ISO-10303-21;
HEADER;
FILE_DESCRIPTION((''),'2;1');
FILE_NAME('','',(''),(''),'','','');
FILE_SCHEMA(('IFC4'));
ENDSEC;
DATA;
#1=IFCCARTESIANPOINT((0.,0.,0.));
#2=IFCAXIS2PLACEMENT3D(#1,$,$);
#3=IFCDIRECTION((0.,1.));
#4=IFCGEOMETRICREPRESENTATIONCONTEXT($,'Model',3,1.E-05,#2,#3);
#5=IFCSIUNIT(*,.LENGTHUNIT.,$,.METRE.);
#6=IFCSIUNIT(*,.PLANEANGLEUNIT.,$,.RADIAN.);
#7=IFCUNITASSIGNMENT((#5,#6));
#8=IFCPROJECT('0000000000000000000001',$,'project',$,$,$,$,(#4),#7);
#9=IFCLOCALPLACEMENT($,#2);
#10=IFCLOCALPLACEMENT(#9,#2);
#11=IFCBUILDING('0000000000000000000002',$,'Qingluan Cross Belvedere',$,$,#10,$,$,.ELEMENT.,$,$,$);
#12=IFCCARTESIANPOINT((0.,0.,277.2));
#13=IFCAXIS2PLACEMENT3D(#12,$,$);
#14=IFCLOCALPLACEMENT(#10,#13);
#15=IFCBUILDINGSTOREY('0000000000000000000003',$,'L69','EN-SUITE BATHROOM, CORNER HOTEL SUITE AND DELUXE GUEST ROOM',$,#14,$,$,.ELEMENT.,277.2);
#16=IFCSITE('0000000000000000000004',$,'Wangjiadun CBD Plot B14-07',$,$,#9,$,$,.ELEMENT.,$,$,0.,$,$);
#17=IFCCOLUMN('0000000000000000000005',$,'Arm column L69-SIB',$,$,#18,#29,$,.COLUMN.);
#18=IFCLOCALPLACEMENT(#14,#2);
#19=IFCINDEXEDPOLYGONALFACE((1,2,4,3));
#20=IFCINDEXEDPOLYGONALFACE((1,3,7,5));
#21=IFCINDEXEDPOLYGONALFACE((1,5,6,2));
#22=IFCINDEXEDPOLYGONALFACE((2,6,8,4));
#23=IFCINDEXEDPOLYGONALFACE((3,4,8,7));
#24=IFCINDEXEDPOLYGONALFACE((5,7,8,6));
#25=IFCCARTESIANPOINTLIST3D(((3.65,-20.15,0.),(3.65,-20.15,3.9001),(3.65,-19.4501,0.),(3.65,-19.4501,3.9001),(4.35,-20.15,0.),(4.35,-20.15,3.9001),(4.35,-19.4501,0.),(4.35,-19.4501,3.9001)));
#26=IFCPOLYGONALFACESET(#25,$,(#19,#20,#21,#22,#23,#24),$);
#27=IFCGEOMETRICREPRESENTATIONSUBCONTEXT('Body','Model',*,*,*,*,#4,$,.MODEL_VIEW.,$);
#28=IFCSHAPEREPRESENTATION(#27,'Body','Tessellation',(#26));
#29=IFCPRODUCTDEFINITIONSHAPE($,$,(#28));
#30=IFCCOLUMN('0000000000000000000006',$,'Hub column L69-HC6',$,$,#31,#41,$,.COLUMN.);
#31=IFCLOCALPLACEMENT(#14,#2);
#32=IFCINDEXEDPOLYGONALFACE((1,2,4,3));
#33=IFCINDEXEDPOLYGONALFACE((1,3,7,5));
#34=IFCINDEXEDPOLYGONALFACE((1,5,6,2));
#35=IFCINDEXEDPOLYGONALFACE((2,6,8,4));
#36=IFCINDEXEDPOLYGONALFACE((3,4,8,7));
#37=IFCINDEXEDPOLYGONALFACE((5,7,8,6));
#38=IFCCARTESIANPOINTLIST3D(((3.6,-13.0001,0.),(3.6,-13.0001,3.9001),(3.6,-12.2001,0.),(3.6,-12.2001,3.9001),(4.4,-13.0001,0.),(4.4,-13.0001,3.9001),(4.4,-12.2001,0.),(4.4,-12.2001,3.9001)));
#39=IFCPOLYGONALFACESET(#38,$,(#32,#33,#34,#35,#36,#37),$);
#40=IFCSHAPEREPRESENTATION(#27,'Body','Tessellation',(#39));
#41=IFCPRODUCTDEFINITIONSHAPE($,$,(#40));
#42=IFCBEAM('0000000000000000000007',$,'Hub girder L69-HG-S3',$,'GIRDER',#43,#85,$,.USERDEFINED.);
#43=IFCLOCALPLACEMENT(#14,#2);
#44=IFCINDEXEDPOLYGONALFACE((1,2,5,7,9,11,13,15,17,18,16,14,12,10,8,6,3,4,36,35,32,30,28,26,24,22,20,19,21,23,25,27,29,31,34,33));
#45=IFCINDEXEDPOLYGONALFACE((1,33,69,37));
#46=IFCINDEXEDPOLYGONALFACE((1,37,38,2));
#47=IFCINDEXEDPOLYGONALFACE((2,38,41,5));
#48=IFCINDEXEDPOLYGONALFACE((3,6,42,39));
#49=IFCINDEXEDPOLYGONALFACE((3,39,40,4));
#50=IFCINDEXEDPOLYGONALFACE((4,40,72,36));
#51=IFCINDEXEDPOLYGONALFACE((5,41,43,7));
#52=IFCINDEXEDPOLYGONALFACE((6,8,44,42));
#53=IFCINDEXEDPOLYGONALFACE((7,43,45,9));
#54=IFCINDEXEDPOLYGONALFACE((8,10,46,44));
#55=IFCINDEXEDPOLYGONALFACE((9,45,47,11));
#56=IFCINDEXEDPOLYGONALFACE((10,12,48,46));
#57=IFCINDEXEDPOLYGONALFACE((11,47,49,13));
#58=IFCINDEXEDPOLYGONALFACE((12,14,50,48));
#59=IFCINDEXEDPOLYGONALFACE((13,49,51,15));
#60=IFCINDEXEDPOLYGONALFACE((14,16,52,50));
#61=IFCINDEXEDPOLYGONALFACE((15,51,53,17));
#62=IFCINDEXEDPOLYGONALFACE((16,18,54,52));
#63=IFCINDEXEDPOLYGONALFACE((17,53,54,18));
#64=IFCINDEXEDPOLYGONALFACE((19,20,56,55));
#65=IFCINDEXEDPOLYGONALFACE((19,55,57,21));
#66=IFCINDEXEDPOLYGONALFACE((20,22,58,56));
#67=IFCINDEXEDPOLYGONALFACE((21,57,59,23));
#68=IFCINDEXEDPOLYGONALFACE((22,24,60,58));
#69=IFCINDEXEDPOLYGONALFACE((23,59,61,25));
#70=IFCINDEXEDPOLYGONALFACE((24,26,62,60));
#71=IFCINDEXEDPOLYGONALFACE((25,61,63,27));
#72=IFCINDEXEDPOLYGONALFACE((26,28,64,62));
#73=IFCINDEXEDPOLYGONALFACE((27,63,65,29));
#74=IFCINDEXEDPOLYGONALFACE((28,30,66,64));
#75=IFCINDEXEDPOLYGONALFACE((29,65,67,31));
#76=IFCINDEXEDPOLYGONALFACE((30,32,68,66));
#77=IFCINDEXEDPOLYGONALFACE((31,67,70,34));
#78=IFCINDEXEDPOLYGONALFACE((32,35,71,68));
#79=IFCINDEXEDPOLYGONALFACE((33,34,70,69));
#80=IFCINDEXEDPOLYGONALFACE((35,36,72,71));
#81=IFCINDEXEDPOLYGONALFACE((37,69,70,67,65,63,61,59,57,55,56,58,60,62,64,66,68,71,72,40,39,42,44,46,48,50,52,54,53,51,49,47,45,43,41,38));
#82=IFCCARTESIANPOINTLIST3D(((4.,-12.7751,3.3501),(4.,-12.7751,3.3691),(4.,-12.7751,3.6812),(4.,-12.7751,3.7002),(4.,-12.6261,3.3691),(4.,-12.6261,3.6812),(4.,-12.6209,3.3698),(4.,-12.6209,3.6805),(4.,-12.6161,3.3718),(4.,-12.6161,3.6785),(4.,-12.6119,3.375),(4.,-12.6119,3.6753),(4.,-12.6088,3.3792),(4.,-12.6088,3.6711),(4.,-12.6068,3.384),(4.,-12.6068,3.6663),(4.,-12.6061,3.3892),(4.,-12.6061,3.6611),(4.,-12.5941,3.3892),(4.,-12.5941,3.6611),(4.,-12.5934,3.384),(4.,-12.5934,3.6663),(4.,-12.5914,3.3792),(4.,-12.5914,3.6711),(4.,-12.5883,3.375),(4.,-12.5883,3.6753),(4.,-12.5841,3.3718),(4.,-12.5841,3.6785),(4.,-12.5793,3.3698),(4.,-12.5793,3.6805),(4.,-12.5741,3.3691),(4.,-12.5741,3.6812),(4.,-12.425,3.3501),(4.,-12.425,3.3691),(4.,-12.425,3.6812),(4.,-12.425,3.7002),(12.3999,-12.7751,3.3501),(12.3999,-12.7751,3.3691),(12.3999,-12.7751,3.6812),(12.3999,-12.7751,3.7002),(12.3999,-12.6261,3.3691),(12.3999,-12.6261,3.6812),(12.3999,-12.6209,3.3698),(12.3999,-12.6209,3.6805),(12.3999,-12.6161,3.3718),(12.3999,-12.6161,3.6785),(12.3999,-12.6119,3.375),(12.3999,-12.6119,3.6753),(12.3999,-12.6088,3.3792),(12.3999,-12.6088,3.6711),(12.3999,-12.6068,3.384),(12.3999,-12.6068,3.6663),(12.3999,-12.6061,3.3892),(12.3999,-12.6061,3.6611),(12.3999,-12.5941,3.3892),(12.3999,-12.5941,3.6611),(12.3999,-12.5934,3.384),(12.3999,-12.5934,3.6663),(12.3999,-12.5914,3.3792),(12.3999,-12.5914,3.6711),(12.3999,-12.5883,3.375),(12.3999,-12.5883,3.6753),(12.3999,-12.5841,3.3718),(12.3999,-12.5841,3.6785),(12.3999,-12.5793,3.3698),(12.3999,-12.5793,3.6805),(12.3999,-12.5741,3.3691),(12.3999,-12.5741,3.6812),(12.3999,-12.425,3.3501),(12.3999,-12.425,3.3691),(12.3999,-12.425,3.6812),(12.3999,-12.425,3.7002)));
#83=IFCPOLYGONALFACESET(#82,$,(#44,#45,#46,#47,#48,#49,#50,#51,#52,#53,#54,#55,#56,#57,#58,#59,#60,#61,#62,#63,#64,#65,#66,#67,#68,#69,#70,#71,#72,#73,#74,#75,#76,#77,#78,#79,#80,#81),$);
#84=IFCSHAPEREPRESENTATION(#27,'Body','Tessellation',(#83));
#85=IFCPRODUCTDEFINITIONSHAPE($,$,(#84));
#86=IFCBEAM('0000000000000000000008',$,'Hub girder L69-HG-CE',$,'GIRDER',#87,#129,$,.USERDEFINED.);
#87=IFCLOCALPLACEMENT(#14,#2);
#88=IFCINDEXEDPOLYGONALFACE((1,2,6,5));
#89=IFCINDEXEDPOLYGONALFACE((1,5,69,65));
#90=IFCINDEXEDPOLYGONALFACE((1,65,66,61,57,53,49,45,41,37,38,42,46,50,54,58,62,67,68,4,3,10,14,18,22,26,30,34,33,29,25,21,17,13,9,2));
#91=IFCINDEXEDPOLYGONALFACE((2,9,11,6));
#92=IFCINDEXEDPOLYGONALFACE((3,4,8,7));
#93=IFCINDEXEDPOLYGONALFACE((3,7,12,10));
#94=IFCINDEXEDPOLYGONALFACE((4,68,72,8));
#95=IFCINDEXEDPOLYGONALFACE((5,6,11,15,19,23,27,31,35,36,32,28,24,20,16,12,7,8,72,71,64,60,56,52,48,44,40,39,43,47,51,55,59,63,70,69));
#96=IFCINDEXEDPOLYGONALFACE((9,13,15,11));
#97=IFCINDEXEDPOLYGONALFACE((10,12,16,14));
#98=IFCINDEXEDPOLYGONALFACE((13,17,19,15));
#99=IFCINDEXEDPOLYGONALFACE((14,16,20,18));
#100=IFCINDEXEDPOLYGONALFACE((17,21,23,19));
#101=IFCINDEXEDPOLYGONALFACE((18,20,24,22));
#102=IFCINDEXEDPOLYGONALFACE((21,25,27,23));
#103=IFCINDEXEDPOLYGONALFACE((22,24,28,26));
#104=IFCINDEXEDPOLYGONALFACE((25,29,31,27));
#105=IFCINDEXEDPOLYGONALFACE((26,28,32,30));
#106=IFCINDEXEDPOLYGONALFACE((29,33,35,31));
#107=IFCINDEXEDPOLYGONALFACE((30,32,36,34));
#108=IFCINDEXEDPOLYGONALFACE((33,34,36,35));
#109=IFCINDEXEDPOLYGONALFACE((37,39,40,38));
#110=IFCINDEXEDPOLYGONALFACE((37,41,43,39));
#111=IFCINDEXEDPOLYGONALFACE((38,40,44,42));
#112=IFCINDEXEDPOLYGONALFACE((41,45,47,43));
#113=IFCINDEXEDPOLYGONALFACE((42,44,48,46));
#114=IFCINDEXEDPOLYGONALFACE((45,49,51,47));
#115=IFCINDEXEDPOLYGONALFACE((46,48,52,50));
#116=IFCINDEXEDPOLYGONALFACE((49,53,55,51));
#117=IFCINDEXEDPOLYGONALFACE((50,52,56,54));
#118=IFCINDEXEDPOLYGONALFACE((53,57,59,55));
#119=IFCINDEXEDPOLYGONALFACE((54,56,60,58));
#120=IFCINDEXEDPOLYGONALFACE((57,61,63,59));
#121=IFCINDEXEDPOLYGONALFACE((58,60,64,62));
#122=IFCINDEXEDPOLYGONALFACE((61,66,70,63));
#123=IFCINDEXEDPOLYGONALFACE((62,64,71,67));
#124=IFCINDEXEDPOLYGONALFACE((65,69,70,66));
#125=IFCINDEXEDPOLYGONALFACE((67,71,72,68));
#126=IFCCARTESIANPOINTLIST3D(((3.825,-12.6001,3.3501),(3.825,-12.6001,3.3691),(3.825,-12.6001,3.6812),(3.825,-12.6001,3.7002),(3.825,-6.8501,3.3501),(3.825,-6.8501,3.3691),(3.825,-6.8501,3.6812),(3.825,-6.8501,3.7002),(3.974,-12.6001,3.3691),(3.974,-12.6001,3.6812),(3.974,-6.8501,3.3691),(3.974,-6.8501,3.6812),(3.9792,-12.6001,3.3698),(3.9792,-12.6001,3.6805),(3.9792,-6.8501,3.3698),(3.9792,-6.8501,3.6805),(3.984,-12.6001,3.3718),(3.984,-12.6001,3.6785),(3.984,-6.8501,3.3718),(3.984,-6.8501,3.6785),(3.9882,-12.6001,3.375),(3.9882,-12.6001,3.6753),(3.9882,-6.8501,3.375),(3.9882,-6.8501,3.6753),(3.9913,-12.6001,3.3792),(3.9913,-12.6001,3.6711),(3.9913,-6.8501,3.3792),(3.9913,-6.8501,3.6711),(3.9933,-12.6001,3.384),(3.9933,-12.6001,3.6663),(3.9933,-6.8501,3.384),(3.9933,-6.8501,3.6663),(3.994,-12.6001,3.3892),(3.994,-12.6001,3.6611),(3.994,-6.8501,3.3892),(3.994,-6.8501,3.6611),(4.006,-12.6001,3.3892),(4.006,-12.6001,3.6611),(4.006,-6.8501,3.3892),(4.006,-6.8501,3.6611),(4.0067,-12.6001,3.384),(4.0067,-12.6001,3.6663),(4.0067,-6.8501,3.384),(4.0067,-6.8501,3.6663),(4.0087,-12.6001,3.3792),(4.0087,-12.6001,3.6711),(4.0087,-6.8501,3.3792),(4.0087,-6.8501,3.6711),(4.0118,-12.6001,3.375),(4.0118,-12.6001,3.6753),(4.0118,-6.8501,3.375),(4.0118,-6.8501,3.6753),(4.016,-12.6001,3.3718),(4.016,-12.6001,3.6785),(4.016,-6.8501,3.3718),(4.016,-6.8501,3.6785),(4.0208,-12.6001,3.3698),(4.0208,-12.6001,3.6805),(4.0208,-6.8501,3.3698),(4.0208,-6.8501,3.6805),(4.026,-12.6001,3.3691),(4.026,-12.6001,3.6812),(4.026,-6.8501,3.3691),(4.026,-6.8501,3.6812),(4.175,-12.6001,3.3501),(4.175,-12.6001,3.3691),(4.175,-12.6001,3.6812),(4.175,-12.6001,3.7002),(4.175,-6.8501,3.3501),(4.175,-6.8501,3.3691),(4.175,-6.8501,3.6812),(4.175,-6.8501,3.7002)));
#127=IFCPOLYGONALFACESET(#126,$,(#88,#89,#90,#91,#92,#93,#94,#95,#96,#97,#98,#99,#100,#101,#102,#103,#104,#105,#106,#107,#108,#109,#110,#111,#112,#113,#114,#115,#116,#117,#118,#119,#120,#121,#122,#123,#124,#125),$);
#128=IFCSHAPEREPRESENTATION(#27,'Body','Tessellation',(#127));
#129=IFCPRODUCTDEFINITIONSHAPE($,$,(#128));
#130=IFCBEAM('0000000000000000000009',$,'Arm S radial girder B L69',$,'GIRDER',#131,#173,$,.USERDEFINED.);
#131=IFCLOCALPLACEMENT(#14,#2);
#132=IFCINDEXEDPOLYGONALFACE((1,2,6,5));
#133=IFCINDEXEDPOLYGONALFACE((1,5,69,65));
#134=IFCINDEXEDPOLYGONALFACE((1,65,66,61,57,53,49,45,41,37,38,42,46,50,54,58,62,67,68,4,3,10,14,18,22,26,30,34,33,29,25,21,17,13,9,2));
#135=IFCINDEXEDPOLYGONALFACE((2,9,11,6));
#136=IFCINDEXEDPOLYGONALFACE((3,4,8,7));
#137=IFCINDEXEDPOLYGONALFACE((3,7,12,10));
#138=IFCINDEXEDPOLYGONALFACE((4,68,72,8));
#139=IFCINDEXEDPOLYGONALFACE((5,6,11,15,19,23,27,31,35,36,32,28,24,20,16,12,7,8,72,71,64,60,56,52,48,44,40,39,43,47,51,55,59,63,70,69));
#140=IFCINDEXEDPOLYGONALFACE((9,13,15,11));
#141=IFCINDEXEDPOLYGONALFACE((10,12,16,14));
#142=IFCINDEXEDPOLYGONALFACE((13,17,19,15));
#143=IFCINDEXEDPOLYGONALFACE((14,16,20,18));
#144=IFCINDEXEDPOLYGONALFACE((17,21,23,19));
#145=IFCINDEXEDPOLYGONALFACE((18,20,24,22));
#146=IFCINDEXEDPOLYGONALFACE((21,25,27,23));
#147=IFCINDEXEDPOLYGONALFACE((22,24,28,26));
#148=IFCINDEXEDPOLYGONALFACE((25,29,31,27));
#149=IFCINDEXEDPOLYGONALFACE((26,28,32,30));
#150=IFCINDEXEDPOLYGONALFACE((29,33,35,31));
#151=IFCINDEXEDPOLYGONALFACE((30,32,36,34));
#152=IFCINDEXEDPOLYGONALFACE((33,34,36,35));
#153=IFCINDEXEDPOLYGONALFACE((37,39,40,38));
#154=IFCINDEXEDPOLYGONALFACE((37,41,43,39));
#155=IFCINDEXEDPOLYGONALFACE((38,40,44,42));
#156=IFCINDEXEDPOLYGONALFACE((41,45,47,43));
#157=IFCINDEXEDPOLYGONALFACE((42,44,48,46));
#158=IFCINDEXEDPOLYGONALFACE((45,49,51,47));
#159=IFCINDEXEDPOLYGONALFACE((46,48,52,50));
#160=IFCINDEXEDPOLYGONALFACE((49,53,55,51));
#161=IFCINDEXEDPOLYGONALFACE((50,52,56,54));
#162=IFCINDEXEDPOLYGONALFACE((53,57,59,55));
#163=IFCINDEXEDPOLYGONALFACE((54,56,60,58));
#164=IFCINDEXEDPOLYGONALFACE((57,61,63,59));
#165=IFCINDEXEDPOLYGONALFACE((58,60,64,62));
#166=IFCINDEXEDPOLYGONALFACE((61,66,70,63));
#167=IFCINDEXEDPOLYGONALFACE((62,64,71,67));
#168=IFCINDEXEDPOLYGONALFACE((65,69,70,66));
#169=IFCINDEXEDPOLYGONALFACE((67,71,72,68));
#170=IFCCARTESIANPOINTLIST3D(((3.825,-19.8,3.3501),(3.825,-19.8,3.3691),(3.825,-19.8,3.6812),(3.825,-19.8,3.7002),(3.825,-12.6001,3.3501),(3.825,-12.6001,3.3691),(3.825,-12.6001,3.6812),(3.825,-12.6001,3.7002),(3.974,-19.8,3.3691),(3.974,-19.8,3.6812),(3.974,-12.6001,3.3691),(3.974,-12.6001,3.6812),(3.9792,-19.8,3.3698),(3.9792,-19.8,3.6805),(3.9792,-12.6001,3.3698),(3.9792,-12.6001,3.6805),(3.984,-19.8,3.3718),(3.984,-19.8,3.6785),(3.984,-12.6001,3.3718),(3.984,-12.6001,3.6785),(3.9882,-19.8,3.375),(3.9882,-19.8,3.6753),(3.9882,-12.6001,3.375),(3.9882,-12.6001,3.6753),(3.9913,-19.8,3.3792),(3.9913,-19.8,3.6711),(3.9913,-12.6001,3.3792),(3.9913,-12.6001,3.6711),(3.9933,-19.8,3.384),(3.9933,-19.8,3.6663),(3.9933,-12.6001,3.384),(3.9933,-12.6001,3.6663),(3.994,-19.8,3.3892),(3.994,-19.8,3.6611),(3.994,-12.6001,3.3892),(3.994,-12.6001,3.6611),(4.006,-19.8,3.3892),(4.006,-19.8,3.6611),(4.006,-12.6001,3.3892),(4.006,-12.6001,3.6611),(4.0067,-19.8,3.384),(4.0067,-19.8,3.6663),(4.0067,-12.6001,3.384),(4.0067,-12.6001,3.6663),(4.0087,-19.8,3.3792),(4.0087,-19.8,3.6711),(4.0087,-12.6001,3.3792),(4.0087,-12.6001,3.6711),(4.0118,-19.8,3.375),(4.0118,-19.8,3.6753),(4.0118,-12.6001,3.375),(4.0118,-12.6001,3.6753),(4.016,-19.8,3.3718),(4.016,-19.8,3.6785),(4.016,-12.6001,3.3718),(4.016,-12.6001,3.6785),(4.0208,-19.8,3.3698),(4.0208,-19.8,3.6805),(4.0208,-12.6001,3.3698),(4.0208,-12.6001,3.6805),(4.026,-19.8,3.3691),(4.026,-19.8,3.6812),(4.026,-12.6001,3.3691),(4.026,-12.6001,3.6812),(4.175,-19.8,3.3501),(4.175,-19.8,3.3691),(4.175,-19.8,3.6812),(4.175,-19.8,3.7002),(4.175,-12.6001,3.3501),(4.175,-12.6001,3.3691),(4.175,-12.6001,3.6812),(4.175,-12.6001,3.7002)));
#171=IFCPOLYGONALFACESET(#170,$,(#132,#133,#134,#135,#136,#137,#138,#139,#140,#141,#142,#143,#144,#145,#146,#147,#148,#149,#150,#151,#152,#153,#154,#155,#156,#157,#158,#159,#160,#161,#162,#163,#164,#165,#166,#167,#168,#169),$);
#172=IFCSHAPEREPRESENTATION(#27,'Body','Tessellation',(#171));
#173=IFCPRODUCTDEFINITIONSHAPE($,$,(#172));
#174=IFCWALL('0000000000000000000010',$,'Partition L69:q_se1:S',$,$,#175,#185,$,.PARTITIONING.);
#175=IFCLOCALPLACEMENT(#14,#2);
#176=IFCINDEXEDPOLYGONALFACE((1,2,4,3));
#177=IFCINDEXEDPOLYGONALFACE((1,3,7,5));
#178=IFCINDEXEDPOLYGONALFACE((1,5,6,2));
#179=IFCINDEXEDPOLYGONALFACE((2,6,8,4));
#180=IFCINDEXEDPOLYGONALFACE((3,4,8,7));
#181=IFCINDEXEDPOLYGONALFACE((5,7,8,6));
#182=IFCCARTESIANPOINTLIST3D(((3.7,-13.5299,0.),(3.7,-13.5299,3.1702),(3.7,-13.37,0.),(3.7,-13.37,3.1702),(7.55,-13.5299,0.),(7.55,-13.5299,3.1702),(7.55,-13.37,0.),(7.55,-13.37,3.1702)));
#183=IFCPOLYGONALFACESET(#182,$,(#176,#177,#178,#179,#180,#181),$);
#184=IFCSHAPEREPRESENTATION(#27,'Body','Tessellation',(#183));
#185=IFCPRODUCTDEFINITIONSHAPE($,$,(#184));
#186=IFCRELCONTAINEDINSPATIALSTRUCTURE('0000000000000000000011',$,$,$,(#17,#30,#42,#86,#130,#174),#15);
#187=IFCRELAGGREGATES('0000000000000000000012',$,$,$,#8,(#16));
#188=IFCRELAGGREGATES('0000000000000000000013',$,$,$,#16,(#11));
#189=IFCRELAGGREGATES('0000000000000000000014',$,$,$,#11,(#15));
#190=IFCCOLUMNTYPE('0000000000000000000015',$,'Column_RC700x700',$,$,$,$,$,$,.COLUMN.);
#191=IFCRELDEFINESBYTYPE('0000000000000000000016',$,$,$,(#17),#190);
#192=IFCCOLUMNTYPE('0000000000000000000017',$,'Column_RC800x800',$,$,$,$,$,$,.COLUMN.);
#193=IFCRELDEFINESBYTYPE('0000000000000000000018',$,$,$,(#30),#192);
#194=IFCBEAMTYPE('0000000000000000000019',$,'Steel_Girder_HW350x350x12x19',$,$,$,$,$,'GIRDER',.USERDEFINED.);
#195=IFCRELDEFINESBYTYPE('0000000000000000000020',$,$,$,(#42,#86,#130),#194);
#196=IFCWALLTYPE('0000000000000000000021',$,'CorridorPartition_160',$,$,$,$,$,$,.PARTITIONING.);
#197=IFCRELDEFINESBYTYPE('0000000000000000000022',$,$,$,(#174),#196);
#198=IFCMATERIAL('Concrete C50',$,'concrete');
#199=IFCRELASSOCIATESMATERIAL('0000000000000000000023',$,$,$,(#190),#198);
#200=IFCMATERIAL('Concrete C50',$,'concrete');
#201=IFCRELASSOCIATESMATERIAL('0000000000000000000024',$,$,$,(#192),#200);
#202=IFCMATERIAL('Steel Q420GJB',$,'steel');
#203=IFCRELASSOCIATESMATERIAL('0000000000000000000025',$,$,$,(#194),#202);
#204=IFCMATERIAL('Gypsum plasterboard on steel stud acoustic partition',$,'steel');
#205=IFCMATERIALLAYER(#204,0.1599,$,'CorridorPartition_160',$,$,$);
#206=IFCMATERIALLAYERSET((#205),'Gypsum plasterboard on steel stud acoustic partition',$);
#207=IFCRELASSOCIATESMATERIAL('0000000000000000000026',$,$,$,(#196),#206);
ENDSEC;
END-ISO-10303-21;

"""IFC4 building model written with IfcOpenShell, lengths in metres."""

from ifc_helpers import new_model, si_unit, direction, frame, frame_2d, origin, origin_2d, place, context, subcontext, project, spatial, rectangle, i_section, extrude, material, layer, layer_set, material_profile, profile_set, type_object, element, save


model = new_model("IFC4")

# Units and contexts
model_context = context("Model", 3, precision=1e-05, world=origin(), true_north=direction((0.0, 1.0)))
body_context = subcontext(model_context, "Body", "Model", "MODEL_VIEW")
ifc_project = project(units=[si_unit("LENGTHUNIT", "METRE"), si_unit("PLANEANGLEUNIT", "RADIAN")], contexts=[model_context])

# Site, building, storey
site_placement = place(None, origin())
site = spatial("IfcSite", under=ifc_project, at=site_placement, Name="Wangjiadun CBD Plot B14-07", CompositionType="ELEMENT", RefElevation=0.0)
building_placement = place(site_placement, origin())
building = spatial("IfcBuilding", under=site, at=building_placement, Name="Qingluan Cross Belvedere", CompositionType="ELEMENT")
storey_placement = place(building_placement, frame((0.0, 0.0, 277.2)))
storey = spatial("IfcBuildingStorey", under=building, at=storey_placement, Name="L69", Description="EN-SUITE BATHROOM, CORNER HOTEL SUITE AND DELUXE GUEST ROOM", CompositionType="ELEMENT", Elevation=277.2)

# Columns
ifc_material_1 = material(Name="Concrete C50", Category="concrete")
ifc_material_profile_1 = material_profile(ifc_material_1, rectangle(XDim=0.7, YDim=0.7, at=origin_2d()), Name="RC700x700")
ifc_profile_set_1 = profile_set([ifc_material_profile_1], Name="Concrete C50")
column_type_1 = type_object("IfcColumnType", Name="Column_RC700x700", PredefinedType="COLUMN", material=ifc_profile_set_1)
column_1_placement = place(storey_placement, frame((4.0, -19.8, 0.0), z_axis=(0.0, 0.0, 1.0), x_axis=(1.0, 0.0, 0.0)))
element("IfcColumn", 1, at=column_1_placement, inside=storey, type_object=column_type_1, Name="Arm column L69-SIB", PredefinedType="COLUMN", context=body_context, shape_type="SweptSolid", body=[
    extrude(rectangle(XDim=0.7, YDim=0.7, at=origin_2d()), origin(), (0.0, 0.0, 1.0), 3.9001),
])
ifc_material_2 = material(Name="Concrete C50", Category="concrete")
ifc_material_profile_2 = material_profile(ifc_material_2, rectangle(XDim=0.8, YDim=0.8, at=origin_2d()), Name="RC800x800")
ifc_profile_set_2 = profile_set([ifc_material_profile_2], Name="Concrete C50")
column_type_2 = type_object("IfcColumnType", Name="Column_RC800x800", PredefinedType="COLUMN", material=ifc_profile_set_2)
column_2_placement = place(storey_placement, frame((4.0, -12.6001, 0.0), z_axis=(0.0, 0.0, 1.0), x_axis=(1.0, 0.0, 0.0)))
element("IfcColumn", 2, at=column_2_placement, inside=storey, type_object=column_type_2, Name="Hub column L69-HC6", PredefinedType="COLUMN", context=body_context, shape_type="SweptSolid", body=[
    extrude(rectangle(XDim=0.8, YDim=0.8, at=origin_2d()), origin(), (0.0, 0.0, 1.0), 3.9001),
])

# Beams
ifc_material_3 = material(Name="Steel Q420GJB", Category="steel")
ifc_material_profile_3 = material_profile(ifc_material_3, i_section(OverallWidth=0.3501, OverallDepth=0.3501, WebThickness=0.012, FlangeThickness=0.019, FilletRadius=0.02, at=origin_2d()), Name="HW350x350x12x19")
ifc_profile_set_3 = profile_set([ifc_material_profile_3], Name="Steel Q420GJB")
beam_type = type_object("IfcBeamType", Name="Steel_Girder_HW350x350x12x19", ElementType="GIRDER", PredefinedType="USERDEFINED", material=ifc_profile_set_3)
beam_1_placement = place(storey_placement, frame((4.0, -12.6001, 3.5251), z_axis=(1.0, 0.0, 0.0), x_axis=(0.0, 1.0, 0.0)))
element("IfcBeam", 3, at=beam_1_placement, inside=storey, type_object=beam_type, Name="Hub girder L69-HG-S3", ObjectType="GIRDER", PredefinedType="USERDEFINED", context=body_context, shape_type="SweptSolid", body=[
    extrude(i_section(OverallWidth=0.3501, OverallDepth=0.3501, WebThickness=0.012, FlangeThickness=0.019, FilletRadius=0.02, at=origin_2d()), origin(), (0.0, 0.0, 1.0), 8.3999),
])
beam_2_placement = place(storey_placement, frame((4.0, -12.6001, 3.5251), z_axis=(0.0, 1.0, 0.0), x_axis=(-1.0, 0.0, 0.0)))
element("IfcBeam", 4, at=beam_2_placement, inside=storey, type_object=beam_type, Name="Hub girder L69-HG-CE", ObjectType="GIRDER", PredefinedType="USERDEFINED", context=body_context, shape_type="SweptSolid", body=[
    extrude(i_section(OverallWidth=0.3501, OverallDepth=0.3501, WebThickness=0.012, FlangeThickness=0.019, FilletRadius=0.02, at=origin_2d()), origin(), (0.0, 0.0, 1.0), 5.75),
])
beam_3_placement = place(storey_placement, frame((4.0, -12.6001, 3.5251), z_axis=(0.0, -1.0, 0.0), x_axis=(1.0, 0.0, 0.0)))
element("IfcBeam", 5, at=beam_3_placement, inside=storey, type_object=beam_type, Name="Arm S radial girder B L69", ObjectType="GIRDER", PredefinedType="USERDEFINED", context=body_context, shape_type="SweptSolid", body=[
    extrude(i_section(OverallWidth=0.3501, OverallDepth=0.3501, WebThickness=0.012, FlangeThickness=0.019, FilletRadius=0.02, at=origin_2d()), origin(), (0.0, 0.0, 1.0), 7.2),
])

# Wall
ifc_material_4 = material(Name="Gypsum plasterboard on steel stud acoustic partition", Category="steel")
ifc_layer_1 = layer(ifc_material_4, 0.1599, Name="CorridorPartition_160")
ifc_layer_set_1 = layer_set([ifc_layer_1], Name="Gypsum plasterboard on steel stud acoustic partition")
wall_type_1 = type_object("IfcWallType", Name="CorridorPartition_160", PredefinedType="PARTITIONING", material=ifc_layer_set_1)
wall_1_placement = place(storey_placement, frame((3.7, -13.45, 0.0), z_axis=(0.0, 0.0, 1.0), x_axis=(1.0, 0.0, 0.0)))
element("IfcWall", 6, at=wall_1_placement, inside=storey, type_object=wall_type_1, Name="Partition L69:q_se1:S", PredefinedType="PARTITIONING", context=body_context, shape_type="SweptSolid", body=[
    extrude(rectangle(XDim=3.8501, YDim=0.1599, at=frame_2d((1.925, 0.0))), origin(), (0.0, 0.0, 1.0), 3.1702),
])

save(model, "model.ifc")
